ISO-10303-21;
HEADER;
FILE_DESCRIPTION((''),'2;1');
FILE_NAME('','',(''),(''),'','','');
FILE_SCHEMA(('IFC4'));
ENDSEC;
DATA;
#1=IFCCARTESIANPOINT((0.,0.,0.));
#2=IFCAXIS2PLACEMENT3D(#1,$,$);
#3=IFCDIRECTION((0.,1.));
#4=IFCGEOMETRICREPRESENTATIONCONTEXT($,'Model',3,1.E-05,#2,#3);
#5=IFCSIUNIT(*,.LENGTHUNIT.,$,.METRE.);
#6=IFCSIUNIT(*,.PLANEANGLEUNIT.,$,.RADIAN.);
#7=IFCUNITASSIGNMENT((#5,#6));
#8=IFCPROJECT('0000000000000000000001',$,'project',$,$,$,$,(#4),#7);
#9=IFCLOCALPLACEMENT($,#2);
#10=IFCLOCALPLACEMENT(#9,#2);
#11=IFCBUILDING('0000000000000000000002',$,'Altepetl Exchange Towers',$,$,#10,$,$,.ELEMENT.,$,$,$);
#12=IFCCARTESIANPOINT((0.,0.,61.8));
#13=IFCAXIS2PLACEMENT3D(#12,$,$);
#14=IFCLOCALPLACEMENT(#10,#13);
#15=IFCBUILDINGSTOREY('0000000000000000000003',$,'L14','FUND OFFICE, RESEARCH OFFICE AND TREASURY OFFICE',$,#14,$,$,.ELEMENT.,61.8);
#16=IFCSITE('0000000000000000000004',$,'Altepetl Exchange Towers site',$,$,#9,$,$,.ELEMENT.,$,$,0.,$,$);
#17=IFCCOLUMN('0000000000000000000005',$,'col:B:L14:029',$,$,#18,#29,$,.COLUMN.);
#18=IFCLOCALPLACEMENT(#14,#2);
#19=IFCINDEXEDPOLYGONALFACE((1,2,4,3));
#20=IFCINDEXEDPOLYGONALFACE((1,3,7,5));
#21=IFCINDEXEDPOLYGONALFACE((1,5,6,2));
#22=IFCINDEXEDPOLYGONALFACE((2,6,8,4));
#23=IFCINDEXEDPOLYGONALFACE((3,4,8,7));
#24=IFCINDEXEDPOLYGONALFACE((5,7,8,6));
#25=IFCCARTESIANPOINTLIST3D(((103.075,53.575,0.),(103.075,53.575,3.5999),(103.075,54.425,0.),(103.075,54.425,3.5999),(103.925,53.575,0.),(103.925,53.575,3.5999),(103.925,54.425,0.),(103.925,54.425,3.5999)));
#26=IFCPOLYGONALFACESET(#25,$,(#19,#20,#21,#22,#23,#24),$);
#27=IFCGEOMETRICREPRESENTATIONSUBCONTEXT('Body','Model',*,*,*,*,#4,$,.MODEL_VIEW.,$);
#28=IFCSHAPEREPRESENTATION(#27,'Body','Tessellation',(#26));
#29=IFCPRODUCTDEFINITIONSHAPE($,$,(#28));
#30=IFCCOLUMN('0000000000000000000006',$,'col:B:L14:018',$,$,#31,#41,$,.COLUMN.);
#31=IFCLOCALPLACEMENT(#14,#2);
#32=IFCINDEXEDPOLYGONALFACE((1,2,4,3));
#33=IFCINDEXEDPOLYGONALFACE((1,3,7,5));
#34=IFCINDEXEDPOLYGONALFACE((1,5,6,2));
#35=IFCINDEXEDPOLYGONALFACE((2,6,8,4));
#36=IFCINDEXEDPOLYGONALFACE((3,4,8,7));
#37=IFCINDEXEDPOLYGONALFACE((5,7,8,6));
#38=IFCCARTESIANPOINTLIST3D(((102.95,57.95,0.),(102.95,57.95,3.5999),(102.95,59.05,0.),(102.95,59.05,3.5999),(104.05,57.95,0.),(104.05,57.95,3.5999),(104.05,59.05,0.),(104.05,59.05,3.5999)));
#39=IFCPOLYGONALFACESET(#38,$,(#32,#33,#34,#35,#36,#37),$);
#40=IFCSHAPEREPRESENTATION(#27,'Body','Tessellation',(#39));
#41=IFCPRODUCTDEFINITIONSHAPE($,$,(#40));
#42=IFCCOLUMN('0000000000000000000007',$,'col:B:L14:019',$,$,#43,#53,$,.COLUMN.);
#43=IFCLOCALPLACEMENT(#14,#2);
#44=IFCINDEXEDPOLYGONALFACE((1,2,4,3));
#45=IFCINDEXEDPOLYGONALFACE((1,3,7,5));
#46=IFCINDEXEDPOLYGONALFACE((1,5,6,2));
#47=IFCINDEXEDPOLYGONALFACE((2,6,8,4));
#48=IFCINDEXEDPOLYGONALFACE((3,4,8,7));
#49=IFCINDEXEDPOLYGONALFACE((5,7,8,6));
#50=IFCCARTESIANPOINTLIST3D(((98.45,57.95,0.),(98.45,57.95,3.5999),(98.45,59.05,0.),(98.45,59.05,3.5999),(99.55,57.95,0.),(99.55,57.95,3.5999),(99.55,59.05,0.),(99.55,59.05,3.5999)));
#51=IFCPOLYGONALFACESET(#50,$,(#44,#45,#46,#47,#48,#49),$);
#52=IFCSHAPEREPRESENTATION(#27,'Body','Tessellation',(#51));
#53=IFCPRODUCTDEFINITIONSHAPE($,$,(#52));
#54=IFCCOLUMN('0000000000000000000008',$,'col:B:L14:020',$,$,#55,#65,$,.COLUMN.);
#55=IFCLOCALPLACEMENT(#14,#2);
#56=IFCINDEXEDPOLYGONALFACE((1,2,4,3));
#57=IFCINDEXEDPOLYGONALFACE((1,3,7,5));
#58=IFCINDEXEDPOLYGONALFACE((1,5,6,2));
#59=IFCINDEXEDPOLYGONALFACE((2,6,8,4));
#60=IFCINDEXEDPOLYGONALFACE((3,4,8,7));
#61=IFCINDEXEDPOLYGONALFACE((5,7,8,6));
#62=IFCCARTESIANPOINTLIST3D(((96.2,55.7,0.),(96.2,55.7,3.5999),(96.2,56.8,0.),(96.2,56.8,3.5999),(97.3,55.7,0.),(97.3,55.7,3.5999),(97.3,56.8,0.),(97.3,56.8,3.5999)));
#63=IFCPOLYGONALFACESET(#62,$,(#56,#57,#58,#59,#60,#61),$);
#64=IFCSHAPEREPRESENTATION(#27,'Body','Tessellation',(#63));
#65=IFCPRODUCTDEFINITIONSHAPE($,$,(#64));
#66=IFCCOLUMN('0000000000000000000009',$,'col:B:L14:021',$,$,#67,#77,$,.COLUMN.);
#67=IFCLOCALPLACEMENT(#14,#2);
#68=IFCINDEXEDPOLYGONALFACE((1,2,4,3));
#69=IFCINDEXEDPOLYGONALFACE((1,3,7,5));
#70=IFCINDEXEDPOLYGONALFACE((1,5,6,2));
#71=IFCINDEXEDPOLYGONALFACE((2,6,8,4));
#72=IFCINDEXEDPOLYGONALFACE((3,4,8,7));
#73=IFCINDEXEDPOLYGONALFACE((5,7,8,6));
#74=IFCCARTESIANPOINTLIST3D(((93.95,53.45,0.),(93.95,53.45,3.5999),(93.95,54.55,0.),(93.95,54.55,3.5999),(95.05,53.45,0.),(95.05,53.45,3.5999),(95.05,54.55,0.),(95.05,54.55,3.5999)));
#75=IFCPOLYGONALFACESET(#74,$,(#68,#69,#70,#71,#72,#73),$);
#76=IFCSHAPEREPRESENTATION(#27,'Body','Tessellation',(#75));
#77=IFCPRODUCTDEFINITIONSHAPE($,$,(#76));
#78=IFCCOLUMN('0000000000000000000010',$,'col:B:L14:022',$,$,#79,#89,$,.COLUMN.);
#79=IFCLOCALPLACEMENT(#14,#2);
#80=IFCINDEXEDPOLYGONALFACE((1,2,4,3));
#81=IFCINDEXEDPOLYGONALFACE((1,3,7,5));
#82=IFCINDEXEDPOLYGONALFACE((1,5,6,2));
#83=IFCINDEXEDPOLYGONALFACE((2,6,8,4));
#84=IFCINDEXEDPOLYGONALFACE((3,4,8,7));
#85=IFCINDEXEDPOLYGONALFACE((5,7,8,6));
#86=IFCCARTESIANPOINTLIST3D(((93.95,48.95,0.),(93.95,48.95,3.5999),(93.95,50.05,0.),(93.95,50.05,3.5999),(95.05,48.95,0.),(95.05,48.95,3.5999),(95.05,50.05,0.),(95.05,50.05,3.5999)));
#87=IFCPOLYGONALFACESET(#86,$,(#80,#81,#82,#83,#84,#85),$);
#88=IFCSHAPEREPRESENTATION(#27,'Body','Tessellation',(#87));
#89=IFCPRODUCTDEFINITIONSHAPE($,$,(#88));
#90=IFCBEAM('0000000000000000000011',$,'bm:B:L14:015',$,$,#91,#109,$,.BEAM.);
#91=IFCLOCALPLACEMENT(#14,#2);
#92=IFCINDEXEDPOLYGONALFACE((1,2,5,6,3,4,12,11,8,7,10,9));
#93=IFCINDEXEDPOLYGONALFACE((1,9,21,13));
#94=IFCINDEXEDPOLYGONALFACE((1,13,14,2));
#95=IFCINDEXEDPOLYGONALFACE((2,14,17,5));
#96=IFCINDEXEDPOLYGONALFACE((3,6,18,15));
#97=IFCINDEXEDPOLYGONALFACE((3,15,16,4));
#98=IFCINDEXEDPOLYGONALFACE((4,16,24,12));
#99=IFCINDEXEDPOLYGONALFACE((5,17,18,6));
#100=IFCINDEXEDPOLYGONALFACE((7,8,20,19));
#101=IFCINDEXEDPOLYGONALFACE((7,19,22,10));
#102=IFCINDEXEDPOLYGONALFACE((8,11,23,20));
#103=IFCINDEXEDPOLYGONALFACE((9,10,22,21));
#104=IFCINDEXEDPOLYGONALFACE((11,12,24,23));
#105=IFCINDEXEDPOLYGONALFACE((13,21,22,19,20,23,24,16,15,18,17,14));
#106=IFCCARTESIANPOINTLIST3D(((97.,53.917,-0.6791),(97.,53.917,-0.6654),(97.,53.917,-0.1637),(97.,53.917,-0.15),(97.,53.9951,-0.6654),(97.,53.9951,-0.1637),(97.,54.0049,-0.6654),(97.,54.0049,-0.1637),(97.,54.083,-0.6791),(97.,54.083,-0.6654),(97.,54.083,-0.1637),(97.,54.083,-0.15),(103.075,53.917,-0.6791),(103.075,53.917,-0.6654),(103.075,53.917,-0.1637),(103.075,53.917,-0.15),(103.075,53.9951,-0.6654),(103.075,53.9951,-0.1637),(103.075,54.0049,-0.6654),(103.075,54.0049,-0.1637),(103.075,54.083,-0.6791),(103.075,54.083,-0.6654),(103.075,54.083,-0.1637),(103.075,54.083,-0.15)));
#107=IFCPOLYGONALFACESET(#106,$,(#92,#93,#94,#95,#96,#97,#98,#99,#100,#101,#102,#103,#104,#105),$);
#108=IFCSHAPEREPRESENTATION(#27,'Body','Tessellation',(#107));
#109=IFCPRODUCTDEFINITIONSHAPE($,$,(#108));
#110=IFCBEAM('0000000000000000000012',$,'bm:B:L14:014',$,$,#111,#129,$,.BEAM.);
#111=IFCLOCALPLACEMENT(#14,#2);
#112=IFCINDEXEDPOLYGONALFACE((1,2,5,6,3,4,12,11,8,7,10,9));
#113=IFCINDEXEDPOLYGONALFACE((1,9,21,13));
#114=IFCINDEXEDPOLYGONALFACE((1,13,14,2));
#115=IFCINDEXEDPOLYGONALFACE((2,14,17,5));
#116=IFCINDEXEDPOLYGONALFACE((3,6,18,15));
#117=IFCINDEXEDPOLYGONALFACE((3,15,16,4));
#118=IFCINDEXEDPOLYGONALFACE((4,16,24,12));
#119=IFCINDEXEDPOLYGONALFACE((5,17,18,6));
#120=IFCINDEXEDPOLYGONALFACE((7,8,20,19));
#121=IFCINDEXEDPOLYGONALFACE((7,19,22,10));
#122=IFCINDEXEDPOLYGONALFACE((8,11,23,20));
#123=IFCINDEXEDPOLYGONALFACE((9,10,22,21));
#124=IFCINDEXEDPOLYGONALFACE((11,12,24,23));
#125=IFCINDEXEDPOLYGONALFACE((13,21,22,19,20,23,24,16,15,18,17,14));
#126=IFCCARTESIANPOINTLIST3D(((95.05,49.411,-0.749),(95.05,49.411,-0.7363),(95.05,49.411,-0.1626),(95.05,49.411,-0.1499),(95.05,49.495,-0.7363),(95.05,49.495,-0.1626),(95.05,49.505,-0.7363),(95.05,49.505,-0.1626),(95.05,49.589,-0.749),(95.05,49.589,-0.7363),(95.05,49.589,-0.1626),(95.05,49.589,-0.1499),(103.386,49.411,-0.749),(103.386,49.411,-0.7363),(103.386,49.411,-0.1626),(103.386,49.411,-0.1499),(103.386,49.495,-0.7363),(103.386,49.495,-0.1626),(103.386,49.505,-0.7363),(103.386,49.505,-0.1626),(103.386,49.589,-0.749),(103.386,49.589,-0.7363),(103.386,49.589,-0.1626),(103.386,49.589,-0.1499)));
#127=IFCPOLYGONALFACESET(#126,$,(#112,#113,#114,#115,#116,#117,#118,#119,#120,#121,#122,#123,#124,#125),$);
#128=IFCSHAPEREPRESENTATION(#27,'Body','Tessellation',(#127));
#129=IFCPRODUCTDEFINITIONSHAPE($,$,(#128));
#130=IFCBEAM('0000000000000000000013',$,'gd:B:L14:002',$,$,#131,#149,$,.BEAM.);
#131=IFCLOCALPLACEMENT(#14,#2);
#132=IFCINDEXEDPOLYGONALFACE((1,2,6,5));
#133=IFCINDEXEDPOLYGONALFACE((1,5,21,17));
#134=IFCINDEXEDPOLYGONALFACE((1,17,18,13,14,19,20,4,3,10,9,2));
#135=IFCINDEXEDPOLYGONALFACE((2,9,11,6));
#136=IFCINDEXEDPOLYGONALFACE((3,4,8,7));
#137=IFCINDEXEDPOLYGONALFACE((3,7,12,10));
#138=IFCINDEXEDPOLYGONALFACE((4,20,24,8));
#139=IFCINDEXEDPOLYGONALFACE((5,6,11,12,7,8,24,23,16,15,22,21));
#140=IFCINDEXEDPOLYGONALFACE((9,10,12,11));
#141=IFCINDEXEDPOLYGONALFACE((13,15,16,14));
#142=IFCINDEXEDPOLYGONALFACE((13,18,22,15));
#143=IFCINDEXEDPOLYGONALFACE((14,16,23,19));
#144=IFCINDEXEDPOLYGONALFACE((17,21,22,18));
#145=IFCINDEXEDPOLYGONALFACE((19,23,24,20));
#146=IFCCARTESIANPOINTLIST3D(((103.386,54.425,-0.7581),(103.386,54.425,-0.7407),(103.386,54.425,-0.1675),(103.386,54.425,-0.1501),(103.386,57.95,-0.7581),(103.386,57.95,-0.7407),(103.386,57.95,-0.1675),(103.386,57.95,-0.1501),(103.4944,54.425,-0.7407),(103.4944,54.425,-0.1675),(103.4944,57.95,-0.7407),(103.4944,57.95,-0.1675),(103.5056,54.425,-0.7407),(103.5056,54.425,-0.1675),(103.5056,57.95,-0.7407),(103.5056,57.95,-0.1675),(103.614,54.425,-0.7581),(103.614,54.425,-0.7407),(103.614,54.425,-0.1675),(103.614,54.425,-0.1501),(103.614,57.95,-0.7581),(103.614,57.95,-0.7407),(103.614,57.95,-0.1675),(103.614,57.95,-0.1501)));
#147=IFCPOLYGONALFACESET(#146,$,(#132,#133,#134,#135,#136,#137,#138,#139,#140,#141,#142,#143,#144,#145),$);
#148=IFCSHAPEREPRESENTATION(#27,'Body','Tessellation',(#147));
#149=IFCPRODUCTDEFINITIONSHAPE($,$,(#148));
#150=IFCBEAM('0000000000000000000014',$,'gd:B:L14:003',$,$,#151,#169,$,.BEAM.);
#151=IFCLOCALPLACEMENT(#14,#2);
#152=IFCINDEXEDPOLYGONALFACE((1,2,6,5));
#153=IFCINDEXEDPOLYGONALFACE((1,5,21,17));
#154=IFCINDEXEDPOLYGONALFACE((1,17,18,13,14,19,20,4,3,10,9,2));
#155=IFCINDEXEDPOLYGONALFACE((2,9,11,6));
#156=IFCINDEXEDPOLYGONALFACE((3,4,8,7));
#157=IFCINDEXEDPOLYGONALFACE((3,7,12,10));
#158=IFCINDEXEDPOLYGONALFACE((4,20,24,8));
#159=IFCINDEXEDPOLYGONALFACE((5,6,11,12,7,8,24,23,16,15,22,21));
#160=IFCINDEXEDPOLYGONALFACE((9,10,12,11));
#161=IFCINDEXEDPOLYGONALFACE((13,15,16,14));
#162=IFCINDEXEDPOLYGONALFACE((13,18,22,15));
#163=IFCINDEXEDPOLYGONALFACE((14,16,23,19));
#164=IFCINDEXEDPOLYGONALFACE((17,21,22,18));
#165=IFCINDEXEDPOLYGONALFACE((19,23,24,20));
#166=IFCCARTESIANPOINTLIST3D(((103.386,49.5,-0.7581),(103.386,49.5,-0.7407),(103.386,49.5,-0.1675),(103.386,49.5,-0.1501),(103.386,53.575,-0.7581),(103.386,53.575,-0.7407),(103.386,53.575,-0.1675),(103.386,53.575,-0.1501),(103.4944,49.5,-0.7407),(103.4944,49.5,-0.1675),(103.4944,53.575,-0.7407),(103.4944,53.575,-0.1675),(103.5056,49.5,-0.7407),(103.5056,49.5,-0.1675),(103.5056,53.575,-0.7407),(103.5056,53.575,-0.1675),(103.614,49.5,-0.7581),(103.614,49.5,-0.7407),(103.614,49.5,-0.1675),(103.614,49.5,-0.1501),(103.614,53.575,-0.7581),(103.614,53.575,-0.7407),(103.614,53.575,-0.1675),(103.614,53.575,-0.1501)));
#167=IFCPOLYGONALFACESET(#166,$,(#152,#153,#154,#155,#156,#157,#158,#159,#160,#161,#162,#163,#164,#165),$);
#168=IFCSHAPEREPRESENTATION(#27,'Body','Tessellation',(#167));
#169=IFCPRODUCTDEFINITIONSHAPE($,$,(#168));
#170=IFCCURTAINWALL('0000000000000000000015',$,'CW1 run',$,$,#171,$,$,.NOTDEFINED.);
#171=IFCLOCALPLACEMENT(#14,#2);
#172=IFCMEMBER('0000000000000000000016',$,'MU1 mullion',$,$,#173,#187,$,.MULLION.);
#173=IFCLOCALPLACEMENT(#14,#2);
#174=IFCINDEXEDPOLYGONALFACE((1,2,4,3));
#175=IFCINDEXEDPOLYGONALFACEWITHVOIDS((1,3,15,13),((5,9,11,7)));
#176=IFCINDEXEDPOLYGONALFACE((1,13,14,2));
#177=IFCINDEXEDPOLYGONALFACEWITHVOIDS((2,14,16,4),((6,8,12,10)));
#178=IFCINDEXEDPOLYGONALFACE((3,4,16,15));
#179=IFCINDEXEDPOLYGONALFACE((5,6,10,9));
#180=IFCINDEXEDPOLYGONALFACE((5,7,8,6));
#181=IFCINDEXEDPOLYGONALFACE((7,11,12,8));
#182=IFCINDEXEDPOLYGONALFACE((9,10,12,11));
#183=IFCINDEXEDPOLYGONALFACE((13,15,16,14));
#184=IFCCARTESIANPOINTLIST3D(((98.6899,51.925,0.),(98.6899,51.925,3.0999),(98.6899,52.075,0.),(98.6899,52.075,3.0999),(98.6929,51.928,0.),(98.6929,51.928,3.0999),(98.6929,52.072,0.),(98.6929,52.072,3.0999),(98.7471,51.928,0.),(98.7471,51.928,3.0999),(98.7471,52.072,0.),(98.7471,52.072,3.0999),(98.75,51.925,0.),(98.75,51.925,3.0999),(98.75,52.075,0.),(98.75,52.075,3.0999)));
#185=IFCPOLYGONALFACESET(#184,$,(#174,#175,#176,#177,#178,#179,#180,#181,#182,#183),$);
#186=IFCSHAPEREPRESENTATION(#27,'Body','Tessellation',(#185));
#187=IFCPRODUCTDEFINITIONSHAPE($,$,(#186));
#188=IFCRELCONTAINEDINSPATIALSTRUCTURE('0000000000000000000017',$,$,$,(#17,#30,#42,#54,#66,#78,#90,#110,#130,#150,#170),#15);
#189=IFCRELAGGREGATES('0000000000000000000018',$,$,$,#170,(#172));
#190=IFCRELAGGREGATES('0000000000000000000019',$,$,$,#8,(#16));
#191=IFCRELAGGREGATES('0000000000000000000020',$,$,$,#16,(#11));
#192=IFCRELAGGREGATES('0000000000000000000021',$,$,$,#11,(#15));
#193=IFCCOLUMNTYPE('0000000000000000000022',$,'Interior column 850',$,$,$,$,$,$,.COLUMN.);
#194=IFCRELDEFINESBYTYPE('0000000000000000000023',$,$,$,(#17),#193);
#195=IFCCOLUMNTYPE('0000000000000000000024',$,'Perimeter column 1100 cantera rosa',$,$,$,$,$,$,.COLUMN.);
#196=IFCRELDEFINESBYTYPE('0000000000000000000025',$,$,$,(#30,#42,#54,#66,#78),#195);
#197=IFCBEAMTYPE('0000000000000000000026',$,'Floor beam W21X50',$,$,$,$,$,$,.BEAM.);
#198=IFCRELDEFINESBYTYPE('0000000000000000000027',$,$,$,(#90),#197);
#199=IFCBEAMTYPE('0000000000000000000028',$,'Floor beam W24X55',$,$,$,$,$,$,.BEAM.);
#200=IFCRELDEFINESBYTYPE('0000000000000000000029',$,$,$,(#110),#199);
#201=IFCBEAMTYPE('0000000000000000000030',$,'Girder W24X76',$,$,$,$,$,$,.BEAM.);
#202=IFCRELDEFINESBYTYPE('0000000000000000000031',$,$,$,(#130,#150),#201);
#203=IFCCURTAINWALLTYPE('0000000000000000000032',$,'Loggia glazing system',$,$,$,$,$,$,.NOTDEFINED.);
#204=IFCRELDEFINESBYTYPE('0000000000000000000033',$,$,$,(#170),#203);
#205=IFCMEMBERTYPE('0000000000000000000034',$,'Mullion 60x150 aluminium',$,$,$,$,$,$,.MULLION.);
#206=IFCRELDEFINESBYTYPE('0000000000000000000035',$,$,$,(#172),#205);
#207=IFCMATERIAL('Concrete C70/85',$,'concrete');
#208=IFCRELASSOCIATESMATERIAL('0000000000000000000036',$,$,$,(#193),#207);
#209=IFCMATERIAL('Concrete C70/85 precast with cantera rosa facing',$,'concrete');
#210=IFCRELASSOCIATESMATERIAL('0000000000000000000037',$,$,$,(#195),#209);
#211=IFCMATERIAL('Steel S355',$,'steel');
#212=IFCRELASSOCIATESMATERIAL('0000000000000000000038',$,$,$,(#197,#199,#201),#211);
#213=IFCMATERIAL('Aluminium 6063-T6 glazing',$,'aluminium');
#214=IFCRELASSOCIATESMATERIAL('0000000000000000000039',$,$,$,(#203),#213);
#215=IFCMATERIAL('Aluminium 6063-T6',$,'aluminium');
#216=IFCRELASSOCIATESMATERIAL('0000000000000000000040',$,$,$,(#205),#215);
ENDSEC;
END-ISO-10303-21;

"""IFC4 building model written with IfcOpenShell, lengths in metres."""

from ifc_helpers import new_model, si_unit, direction, frame, origin, origin_2d, place, context, subcontext, project, spatial, rectangle, hollow_rectangle, i_section, extrude, material, material_profile, profile_set, type_object, element, aggregate, save


model = new_model("IFC4")

# Units and contexts
model_context = context("Model", 3, precision=1e-05, world=origin(), true_north=direction((0.0, 1.0)))
body_context = subcontext(model_context, "Body", "Model", "MODEL_VIEW")
ifc_project = project(units=[si_unit("LENGTHUNIT", "METRE"), si_unit("PLANEANGLEUNIT", "RADIAN")], contexts=[model_context])

# Site, building, storey
site_placement = place(None, origin())
site = spatial("IfcSite", under=ifc_project, at=site_placement, Name="Altepetl Exchange Towers site", CompositionType="ELEMENT", RefElevation=0.0)
building_placement = place(site_placement, origin())
building = spatial("IfcBuilding", under=site, at=building_placement, Name="Altepetl Exchange Towers", CompositionType="ELEMENT")
storey_placement = place(building_placement, frame((0.0, 0.0, 61.8)))
storey = spatial("IfcBuildingStorey", under=building, at=storey_placement, Name="L14", Description="FUND OFFICE, RESEARCH OFFICE AND TREASURY OFFICE", CompositionType="ELEMENT", Elevation=61.8)

# Columns
ifc_material_1 = material(Name="Concrete C70/85", Category="concrete")
ifc_material_profile_1 = material_profile(ifc_material_1, rectangle(XDim=0.8501, YDim=0.8501, at=origin_2d()), Name="850 x 850")
ifc_profile_set_1 = profile_set([ifc_material_profile_1], Name="Concrete C70/85")
column_type_1 = type_object("IfcColumnType", Name="Interior column 850", PredefinedType="COLUMN", material=ifc_profile_set_1)
column_placement = place(storey_placement, frame((103.5, 54.0, 0.0)))
element("IfcColumn", 1, at=column_placement, inside=storey, type_object=column_type_1, Name="col:B:L14:029", PredefinedType="COLUMN", context=body_context, shape_type="SweptSolid", body=[
    extrude(rectangle(XDim=0.8501, YDim=0.8501, at=origin_2d()), origin(), (0.0, 0.0, 1.0), 3.5999),
])
ifc_material_2 = material(Name="Concrete C70/85 precast with cantera rosa facing", Category="concrete")
ifc_material_profile_2 = material_profile(ifc_material_2, rectangle(XDim=1.1001, YDim=1.1001, at=origin_2d()), Name="1100 x 1100")
ifc_profile_set_2 = profile_set([ifc_material_profile_2], Name="Concrete C70/85 precast with cantera rosa facing")
column_type_2 = type_object("IfcColumnType", Name="Perimeter column 1100 cantera rosa", PredefinedType="COLUMN", material=ifc_profile_set_2)
for number, where, name in (
    (2, (103.5, 58.5, 0.0), "col:B:L14:018"),
    (3, (99.0, 58.5, 0.0), "col:B:L14:019"),
    (4, (96.75, 56.25, 0.0), "col:B:L14:020"),
    (5, (94.5, 54.0, 0.0), "col:B:L14:021"),
    (6, (94.5, 49.5, 0.0), "col:B:L14:022"),
):
    element("IfcColumn", number, at=place(storey_placement, frame(where)), inside=storey, type_object=column_type_2, Name=name, PredefinedType="COLUMN", context=body_context, shape_type="SweptSolid", body=[
        extrude(rectangle(XDim=1.1001, YDim=1.1001, at=origin_2d()), origin(), (0.0, 0.0, 1.0), 3.5999),
    ])

# Beams
ifc_material_3 = material(Name="Steel S355", Category="steel")
ifc_material_profile_3 = material_profile(ifc_material_3, i_section(OverallWidth=0.166, OverallDepth=0.5291, WebThickness=0.0098, FlangeThickness=0.0137, at=origin_2d()), Name="W21X50")
ifc_profile_set_3 = profile_set([ifc_material_profile_3], Name="Steel S355")
beam_type_1 = type_object("IfcBeamType", Name="Floor beam W21X50", PredefinedType="BEAM", material=ifc_profile_set_3)
beam_1_placement = place(storey_placement, frame((97.0, 54.0, -0.4146), z_axis=(1.0, 0.0, 0.0), x_axis=(0.0, 1.0, 0.0)))
element("IfcBeam", 7, at=beam_1_placement, inside=storey, type_object=beam_type_1, Name="bm:B:L14:015", PredefinedType="BEAM", context=body_context, shape_type="SweptSolid", body=[
    extrude(i_section(OverallWidth=0.166, OverallDepth=0.5291, WebThickness=0.0098, FlangeThickness=0.0137, at=origin_2d()), origin(), (0.0, 0.0, 1.0), 6.075),
])
ifc_material_profile_4 = material_profile(ifc_material_3, i_section(OverallWidth=0.178, OverallDepth=0.5991, WebThickness=0.01, FlangeThickness=0.0127, at=origin_2d()), Name="W24X55")
ifc_profile_set_4 = profile_set([ifc_material_profile_4], Name="Steel S355")
beam_type_2 = type_object("IfcBeamType", Name="Floor beam W24X55", PredefinedType="BEAM", material=ifc_profile_set_4)
beam_2_placement = place(storey_placement, frame((95.05, 49.5, -0.4495), z_axis=(1.0, 0.0, 0.0), x_axis=(0.0, 1.0, 0.0)))
element("IfcBeam", 8, at=beam_2_placement, inside=storey, type_object=beam_type_2, Name="bm:B:L14:014", PredefinedType="BEAM", context=body_context, shape_type="SweptSolid", body=[
    extrude(i_section(OverallWidth=0.178, OverallDepth=0.5991, WebThickness=0.01, FlangeThickness=0.0127, at=origin_2d()), origin(), (0.0, 0.0, 1.0), 8.3359),
])
ifc_material_profile_5 = material_profile(ifc_material_3, i_section(OverallWidth=0.228, OverallDepth=0.6079, WebThickness=0.0112, FlangeThickness=0.0173, at=origin_2d()), Name="W24X76")
ifc_profile_set_5 = profile_set([ifc_material_profile_5], Name="Steel S355")
beam_type_3 = type_object("IfcBeamType", Name="Girder W24X76", PredefinedType="BEAM", material=ifc_profile_set_5)
beam_3_placement = place(storey_placement, frame((103.5, 57.95, -0.4541), z_axis=(0.0, -1.0, 0.0), x_axis=(1.0, 0.0, 0.0)))
element("IfcBeam", 9, at=beam_3_placement, inside=storey, type_object=beam_type_3, Name="gd:B:L14:002", PredefinedType="BEAM", context=body_context, shape_type="SweptSolid", body=[
    extrude(i_section(OverallWidth=0.228, OverallDepth=0.6079, WebThickness=0.0112, FlangeThickness=0.0173, at=origin_2d()), origin(), (0.0, 0.0, 1.0), 3.5249),
])
beam_4_placement = place(storey_placement, frame((103.5, 53.575, -0.4541), z_axis=(0.0, -1.0, 0.0), x_axis=(1.0, 0.0, 0.0)))
element("IfcBeam", 10, at=beam_4_placement, inside=storey, type_object=beam_type_3, Name="gd:B:L14:003", PredefinedType="BEAM", context=body_context, shape_type="SweptSolid", body=[
    extrude(i_section(OverallWidth=0.228, OverallDepth=0.6079, WebThickness=0.0112, FlangeThickness=0.0173, at=origin_2d()), origin(), (0.0, 0.0, 1.0), 4.075),
])

# Curtain wall, member
ifc_material_4 = material(Name="Aluminium 6063-T6 glazing", Category="aluminium")
curtain_wall_type = type_object("IfcCurtainWallType", Name="Loggia glazing system", PredefinedType="NOTDEFINED", material=ifc_material_4)
curtain_wall_1_placement = place(storey_placement, origin())
curtain_wall_1 = element("IfcCurtainWall", 11, at=curtain_wall_1_placement, inside=storey, type_object=curtain_wall_type, Name="CW1 run", PredefinedType="NOTDEFINED")
ifc_material_5 = material(Name="Aluminium 6063-T6", Category="aluminium")
ifc_material_profile_6 = material_profile(ifc_material_5, hollow_rectangle(XDim=0.0601, YDim=0.1499, WallThickness=0.0029, at=origin_2d()), Name="Mullion 60x150 aluminium")
ifc_profile_set_6 = profile_set([ifc_material_profile_6], Name="Aluminium 6063-T6")
member_type = type_object("IfcMemberType", Name="Mullion 60x150 aluminium", PredefinedType="MULLION", material=ifc_profile_set_6)
member_1_placement = place(storey_placement, frame((98.72, 52.0, 0.0), z_axis=(0.0, 0.0, 1.0), x_axis=(-1.0, 0.0, 0.0)))
member_1 = element("IfcMember", 12, at=member_1_placement, type_object=member_type, Name="MU1 mullion", PredefinedType="MULLION", context=body_context, shape_type="SweptSolid", body=[
    extrude(hollow_rectangle(XDim=0.0601, YDim=0.1499, WallThickness=0.0029, at=origin_2d()), origin(), (0.0, 0.0, 1.0), 3.0999),
])

aggregate(curtain_wall_1, [member_1])

save(model, "model.ifc")
